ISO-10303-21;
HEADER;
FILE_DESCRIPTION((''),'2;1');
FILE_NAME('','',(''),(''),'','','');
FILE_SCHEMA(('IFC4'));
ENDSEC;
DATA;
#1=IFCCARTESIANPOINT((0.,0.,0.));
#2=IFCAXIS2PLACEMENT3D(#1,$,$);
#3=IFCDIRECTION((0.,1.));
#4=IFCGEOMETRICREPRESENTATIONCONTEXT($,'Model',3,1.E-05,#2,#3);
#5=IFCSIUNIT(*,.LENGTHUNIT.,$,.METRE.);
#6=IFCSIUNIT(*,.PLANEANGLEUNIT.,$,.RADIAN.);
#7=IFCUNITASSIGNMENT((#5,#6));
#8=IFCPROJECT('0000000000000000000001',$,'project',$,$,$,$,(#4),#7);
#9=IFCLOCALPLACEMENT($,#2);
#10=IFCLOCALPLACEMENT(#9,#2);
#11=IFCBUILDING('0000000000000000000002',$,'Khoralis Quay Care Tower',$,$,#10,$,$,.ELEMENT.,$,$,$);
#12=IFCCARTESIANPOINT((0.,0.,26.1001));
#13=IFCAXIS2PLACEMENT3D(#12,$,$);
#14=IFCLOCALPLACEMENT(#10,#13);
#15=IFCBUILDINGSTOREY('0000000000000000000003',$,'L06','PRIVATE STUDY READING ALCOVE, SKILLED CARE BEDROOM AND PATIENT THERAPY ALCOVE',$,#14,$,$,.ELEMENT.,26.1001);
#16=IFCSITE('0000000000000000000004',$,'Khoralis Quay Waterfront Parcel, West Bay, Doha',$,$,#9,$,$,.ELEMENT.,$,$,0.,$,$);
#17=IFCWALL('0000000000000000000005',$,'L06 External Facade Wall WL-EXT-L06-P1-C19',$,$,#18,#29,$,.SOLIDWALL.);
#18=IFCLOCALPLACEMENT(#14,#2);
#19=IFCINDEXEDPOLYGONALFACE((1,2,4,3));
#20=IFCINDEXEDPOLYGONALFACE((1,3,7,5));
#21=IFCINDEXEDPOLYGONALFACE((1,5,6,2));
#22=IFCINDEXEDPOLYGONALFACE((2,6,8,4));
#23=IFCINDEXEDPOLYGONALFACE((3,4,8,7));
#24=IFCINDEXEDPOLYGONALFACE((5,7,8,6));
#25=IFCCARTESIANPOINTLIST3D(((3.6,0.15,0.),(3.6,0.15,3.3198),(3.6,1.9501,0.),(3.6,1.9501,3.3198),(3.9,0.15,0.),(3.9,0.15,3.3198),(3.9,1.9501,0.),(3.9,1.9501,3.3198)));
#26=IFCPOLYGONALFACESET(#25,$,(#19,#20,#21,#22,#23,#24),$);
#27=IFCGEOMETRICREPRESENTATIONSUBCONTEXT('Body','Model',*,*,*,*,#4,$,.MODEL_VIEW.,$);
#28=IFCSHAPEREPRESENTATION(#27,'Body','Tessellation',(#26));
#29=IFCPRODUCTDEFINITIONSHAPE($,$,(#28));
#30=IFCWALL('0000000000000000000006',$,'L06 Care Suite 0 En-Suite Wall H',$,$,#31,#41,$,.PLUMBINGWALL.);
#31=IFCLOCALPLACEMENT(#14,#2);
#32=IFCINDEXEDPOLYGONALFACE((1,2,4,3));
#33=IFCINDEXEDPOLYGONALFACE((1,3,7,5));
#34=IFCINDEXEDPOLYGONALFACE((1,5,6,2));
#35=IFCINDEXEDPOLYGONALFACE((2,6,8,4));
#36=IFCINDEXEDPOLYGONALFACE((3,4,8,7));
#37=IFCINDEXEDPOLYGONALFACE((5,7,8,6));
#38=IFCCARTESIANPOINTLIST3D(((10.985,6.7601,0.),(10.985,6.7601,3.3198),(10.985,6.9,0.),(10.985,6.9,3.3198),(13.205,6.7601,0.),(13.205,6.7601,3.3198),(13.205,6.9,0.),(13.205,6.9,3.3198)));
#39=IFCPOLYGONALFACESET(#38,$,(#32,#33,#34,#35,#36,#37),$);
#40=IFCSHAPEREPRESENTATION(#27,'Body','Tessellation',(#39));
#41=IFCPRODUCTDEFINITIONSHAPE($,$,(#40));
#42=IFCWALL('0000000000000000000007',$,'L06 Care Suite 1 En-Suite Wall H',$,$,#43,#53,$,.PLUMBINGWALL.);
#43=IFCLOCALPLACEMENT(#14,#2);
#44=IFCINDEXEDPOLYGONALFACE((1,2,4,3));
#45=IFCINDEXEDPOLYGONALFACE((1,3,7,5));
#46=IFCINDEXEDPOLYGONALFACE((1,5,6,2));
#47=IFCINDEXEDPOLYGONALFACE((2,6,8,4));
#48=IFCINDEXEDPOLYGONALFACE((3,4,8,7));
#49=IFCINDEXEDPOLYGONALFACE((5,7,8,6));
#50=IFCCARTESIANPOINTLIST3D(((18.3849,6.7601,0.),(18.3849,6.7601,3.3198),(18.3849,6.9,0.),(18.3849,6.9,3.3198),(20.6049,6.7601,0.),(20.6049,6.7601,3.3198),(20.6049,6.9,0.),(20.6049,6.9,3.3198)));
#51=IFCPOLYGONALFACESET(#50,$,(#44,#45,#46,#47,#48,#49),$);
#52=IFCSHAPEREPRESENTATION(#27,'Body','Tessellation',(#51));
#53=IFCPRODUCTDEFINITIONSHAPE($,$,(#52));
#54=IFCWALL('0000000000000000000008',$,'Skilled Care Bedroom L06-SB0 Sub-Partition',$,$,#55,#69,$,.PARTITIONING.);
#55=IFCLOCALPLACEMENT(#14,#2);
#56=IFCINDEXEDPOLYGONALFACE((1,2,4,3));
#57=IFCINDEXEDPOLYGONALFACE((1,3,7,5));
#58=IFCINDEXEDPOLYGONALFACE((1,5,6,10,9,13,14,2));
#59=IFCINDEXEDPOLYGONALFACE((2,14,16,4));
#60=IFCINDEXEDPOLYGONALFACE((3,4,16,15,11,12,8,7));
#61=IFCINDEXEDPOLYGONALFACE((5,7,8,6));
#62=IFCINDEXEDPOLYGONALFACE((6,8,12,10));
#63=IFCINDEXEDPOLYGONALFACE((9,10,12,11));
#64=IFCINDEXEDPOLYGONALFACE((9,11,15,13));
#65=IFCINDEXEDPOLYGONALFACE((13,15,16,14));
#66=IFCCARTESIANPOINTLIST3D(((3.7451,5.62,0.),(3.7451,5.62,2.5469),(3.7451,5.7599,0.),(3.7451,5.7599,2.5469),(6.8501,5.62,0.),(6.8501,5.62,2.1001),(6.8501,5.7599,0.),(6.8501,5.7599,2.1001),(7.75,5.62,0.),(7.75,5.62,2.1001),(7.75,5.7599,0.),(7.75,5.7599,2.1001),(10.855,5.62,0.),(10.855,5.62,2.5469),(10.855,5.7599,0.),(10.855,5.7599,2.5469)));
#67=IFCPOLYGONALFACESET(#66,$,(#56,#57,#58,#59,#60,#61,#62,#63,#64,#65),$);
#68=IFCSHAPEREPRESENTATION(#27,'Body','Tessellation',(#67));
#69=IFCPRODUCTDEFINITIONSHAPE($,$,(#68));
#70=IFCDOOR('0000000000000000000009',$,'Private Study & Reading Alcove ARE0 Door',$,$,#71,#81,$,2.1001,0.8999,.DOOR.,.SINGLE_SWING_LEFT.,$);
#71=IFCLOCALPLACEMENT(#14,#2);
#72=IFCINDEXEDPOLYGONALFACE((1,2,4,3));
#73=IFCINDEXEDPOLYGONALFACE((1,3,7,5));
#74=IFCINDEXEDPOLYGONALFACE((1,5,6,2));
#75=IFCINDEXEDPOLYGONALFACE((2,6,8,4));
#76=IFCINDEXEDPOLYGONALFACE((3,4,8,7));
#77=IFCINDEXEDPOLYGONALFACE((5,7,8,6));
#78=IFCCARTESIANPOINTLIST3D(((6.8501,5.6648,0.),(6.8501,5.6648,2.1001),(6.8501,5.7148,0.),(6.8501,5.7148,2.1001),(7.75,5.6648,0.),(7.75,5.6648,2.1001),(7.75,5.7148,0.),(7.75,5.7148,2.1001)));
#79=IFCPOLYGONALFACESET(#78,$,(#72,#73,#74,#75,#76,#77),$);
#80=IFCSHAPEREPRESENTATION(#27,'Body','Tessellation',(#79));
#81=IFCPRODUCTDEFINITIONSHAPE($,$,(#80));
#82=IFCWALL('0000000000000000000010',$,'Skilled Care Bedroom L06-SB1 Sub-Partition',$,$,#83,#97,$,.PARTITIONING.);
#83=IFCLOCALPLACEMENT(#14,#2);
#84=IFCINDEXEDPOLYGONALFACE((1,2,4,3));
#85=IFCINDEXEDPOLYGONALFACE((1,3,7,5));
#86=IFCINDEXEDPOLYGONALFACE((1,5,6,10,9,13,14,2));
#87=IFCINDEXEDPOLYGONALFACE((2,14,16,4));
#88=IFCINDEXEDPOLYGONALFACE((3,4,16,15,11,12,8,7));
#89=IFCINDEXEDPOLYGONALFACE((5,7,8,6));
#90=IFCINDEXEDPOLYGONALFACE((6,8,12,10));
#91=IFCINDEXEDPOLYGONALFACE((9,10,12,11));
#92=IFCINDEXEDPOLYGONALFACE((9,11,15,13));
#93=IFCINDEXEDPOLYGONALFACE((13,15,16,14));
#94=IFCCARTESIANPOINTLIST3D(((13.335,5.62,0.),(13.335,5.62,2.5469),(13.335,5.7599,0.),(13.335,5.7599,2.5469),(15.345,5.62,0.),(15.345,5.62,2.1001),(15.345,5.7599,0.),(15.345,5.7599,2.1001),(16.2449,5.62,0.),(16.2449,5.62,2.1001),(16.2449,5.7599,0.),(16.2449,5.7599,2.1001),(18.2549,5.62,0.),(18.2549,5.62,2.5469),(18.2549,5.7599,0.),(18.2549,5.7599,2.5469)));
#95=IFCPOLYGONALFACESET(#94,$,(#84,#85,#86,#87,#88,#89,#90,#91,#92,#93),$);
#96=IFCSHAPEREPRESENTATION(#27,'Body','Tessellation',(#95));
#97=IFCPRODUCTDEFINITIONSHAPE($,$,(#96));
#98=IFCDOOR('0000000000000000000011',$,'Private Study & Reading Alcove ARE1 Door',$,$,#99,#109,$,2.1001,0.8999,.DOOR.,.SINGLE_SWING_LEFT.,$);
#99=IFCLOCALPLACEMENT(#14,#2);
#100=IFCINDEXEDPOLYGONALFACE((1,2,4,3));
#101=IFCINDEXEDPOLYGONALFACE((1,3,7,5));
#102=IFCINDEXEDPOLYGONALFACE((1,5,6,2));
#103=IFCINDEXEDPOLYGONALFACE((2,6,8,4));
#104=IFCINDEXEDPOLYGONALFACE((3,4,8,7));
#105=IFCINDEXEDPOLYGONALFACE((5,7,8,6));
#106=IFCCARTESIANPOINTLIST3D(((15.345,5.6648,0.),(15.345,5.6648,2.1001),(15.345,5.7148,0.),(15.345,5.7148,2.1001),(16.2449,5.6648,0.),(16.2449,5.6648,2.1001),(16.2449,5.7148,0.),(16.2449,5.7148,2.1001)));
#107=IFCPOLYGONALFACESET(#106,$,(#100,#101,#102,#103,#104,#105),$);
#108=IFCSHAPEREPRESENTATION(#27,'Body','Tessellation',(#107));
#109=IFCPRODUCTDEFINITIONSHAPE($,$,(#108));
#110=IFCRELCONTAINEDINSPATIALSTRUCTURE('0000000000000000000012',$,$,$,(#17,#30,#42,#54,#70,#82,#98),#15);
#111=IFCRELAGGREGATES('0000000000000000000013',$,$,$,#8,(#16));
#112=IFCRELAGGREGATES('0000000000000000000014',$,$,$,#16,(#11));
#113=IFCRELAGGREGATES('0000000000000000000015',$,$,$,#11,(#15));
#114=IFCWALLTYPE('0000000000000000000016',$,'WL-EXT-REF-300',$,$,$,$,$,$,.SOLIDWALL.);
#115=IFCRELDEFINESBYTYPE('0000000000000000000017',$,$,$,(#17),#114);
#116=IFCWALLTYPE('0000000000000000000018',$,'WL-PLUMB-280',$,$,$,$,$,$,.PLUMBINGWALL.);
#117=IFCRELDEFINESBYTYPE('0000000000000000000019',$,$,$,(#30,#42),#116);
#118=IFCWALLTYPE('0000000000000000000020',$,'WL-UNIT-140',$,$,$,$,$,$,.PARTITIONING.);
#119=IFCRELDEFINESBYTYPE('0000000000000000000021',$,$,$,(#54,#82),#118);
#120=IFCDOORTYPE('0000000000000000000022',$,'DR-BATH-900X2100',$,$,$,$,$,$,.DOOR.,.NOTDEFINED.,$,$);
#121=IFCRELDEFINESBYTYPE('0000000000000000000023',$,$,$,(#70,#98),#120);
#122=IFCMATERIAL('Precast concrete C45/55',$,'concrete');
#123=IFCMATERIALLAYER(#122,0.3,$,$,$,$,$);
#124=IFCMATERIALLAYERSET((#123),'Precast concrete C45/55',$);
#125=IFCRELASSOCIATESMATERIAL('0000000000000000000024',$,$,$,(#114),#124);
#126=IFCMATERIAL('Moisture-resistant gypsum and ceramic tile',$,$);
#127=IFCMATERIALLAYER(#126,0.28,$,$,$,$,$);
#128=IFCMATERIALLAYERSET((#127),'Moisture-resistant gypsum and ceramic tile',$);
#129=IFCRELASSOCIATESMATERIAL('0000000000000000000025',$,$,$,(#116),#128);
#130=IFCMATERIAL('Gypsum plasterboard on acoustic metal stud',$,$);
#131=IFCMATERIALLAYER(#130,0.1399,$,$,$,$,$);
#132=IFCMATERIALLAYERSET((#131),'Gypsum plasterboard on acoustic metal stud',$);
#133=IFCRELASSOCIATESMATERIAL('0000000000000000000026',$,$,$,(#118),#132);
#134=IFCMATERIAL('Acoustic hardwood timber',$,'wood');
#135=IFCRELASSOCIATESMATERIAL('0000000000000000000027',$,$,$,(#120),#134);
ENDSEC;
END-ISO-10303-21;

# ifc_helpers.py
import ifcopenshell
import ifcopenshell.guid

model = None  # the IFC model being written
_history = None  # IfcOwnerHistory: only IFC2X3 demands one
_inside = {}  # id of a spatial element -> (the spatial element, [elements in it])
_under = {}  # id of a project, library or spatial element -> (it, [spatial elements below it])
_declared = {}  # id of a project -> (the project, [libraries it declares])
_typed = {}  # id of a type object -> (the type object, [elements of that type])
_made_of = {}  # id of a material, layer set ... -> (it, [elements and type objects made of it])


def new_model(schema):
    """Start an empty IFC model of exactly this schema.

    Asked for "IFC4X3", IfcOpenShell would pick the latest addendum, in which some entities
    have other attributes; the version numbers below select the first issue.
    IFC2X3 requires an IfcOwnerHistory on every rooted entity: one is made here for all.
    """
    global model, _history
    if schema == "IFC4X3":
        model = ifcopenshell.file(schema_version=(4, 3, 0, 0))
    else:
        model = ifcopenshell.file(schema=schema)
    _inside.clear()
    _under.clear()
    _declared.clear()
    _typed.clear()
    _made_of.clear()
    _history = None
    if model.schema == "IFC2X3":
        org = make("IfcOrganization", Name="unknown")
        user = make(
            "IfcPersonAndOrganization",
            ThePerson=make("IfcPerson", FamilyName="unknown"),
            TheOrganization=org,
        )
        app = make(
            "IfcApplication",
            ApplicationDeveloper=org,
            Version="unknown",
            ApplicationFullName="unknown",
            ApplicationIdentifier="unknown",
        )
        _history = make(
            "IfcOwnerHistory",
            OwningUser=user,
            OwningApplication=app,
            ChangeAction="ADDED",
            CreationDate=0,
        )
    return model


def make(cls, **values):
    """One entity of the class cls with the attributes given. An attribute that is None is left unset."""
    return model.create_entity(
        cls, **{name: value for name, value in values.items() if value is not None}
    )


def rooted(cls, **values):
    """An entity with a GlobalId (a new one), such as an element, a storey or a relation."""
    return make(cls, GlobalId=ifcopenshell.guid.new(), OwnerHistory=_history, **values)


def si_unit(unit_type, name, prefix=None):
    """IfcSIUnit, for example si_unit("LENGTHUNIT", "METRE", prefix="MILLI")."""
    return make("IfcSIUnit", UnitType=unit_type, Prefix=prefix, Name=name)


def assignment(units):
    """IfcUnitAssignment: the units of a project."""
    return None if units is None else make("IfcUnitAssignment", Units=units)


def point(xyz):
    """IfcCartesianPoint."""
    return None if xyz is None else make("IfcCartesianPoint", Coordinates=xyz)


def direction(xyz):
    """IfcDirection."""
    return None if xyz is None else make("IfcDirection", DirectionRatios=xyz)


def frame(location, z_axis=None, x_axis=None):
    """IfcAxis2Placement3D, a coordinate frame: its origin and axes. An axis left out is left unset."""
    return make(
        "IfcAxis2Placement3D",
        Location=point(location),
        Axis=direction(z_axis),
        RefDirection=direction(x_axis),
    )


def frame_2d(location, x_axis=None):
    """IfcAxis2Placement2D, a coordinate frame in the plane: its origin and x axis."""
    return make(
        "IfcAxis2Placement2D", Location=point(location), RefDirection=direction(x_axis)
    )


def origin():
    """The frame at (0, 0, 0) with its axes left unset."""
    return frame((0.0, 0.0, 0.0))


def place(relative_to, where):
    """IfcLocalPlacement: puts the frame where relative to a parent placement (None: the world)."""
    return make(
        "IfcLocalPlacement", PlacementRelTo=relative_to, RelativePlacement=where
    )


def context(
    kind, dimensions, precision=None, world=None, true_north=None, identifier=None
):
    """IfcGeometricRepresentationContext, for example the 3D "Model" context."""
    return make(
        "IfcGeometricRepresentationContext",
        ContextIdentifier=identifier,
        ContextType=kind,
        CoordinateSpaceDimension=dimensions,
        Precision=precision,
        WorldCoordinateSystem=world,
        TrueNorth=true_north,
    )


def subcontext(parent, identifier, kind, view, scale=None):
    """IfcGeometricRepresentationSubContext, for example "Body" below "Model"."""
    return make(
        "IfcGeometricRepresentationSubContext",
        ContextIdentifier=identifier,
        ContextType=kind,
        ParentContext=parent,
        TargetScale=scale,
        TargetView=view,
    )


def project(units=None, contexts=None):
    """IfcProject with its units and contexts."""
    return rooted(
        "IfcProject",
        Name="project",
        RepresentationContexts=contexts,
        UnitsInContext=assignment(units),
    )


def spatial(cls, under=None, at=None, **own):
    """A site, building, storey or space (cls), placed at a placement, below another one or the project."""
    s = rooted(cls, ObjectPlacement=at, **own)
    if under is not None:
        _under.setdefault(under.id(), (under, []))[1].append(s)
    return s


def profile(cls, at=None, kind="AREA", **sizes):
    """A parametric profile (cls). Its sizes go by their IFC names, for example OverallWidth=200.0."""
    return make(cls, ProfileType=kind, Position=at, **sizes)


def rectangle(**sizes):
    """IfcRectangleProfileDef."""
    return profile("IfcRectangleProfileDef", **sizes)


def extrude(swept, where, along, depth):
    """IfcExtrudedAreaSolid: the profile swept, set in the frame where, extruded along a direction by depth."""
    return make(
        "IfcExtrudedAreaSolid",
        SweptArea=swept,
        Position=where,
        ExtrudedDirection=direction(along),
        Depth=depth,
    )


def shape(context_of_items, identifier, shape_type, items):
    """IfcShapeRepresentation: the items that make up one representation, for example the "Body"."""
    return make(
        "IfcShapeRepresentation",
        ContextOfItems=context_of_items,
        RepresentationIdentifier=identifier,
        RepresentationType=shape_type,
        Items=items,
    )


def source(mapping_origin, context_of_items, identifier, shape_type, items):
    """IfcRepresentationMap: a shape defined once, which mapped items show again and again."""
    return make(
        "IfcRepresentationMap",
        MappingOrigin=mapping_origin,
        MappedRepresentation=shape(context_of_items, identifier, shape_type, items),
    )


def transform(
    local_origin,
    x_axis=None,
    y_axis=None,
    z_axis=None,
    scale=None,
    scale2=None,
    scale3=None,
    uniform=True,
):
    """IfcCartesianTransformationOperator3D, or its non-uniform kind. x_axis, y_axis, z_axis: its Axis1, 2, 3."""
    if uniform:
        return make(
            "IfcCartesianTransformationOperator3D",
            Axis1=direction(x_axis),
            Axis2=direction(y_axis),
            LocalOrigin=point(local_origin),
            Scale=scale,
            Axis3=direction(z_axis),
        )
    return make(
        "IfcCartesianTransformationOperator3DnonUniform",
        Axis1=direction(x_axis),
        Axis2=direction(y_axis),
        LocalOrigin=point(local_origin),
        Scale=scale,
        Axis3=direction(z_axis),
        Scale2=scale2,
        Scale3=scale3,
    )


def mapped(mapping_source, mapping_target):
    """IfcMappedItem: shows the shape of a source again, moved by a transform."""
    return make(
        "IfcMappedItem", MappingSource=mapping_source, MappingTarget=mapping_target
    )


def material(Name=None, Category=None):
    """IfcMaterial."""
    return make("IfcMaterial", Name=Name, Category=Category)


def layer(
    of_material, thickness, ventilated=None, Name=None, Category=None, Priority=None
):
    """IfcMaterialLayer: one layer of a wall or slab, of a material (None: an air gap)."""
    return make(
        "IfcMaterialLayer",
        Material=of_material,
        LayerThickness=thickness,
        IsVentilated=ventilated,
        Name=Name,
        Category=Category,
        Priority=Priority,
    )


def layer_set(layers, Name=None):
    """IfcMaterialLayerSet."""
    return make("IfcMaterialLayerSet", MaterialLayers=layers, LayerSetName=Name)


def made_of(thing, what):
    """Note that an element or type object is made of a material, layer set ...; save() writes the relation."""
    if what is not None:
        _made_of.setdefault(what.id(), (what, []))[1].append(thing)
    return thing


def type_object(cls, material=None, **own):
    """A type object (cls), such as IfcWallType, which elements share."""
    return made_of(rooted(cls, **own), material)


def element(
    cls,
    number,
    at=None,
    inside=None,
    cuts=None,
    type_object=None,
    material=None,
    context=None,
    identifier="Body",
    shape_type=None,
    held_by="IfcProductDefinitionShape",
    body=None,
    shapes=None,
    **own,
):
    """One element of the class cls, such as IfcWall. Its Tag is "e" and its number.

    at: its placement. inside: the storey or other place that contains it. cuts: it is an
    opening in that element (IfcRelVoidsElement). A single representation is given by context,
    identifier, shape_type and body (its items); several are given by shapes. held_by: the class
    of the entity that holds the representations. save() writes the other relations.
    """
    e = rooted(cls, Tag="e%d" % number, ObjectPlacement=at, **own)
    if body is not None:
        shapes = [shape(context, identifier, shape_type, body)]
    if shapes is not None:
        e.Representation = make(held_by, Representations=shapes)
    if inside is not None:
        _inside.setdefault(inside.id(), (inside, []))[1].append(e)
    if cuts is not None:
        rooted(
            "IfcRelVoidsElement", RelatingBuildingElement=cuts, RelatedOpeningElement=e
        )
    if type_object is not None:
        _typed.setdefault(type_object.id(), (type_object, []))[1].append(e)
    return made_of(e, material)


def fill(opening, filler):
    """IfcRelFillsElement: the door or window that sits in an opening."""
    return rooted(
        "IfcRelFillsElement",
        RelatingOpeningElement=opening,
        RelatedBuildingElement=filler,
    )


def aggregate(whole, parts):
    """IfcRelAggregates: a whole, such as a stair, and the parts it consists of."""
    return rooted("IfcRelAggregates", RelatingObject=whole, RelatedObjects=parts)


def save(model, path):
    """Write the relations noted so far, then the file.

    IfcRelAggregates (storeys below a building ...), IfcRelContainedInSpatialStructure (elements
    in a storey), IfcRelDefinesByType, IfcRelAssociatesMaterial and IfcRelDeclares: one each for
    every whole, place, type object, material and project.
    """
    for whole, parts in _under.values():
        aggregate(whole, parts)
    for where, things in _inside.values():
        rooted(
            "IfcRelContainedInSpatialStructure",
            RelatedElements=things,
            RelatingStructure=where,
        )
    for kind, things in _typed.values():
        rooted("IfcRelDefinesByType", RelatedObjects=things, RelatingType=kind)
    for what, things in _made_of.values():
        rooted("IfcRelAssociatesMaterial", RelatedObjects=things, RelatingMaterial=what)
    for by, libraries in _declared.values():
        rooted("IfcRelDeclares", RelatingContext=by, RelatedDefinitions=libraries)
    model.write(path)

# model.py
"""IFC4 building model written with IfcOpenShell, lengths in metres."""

from ifc_helpers import new_model, si_unit, direction, frame, frame_2d, origin, place, context, subcontext, project, spatial, rectangle, extrude, source, transform, mapped, material, layer, layer_set, type_object, element, fill, save


model = new_model("IFC4")

# Units and contexts
model_context = context("Model", 3, precision=1e-05, world=origin(), true_north=direction((0.0, 1.0)))
body_context = subcontext(model_context, "Body", "Model", "MODEL_VIEW")
ifc_project = project(units=[si_unit("LENGTHUNIT", "METRE"), si_unit("PLANEANGLEUNIT", "RADIAN")], contexts=[model_context])

# Site, building, storey
site_placement = place(None, origin())
site = spatial("IfcSite", under=ifc_project, at=site_placement, Name="Khoralis Quay Waterfront Parcel, West Bay, Doha", CompositionType="ELEMENT", RefElevation=0.0)
building_placement = place(site_placement, origin())
building = spatial("IfcBuilding", under=site, at=building_placement, Name="Khoralis Quay Care Tower", CompositionType="ELEMENT")
storey_placement = place(building_placement, frame((0.0, 0.0, 26.1001)))
storey = spatial("IfcBuildingStorey", under=building, at=storey_placement, Name="L06", Description="PRIVATE STUDY READING ALCOVE, SKILLED CARE BEDROOM AND PATIENT THERAPY ALCOVE", CompositionType="ELEMENT", Elevation=26.1001)

# Shared definitions
ifc_material_1 = material(Name="Gypsum plasterboard on acoustic metal stud")

# Shared definitions
ifc_material_2 = material(Name="Acoustic hardwood timber", Category="wood")

# Walls
ifc_material_3 = material(Name="Precast concrete C45/55", Category="concrete")
ifc_layer_1 = layer(ifc_material_3, 0.3)
ifc_layer_set_1 = layer_set([ifc_layer_1], Name="Precast concrete C45/55")
wall_type_1 = type_object("IfcWallType", Name="WL-EXT-REF-300", PredefinedType="SOLIDWALL", material=ifc_layer_set_1)
wall_1_placement = place(storey_placement, frame((3.75, 1.95, 0.0), z_axis=(0.0, 0.0, 1.0), x_axis=(0.0, -1.0, 0.0)))
element("IfcWall", 1, at=wall_1_placement, inside=storey, type_object=wall_type_1, Name="L06 External Facade Wall WL-EXT-L06-P1-C19", PredefinedType="SOLIDWALL", context=body_context, shape_type="SweptSolid", body=[
    extrude(rectangle(XDim=1.8, YDim=0.3, at=frame_2d((0.8999, 0.0))), origin(), (0.0, 0.0, 1.0), 3.3198),
])
ifc_material_4 = material(Name="Moisture-resistant gypsum and ceramic tile")
ifc_layer_2 = layer(ifc_material_4, 0.28)
ifc_layer_set_2 = layer_set([ifc_layer_2], Name="Moisture-resistant gypsum and ceramic tile")
wall_type_2 = type_object("IfcWallType", Name="WL-PLUMB-280", PredefinedType="PLUMBINGWALL", material=ifc_layer_set_2)
for number, where, z_axis, x_axis, name in (
    (2, (10.9851, 6.8301, 0.0), (0.0, 0.0, 1.0), (1.0, 0.0, 0.0), "L06 Care Suite 0 En-Suite Wall H"),
    (3, (18.385, 6.8301, 0.0), (0.0, 0.0, 1.0), (1.0, 0.0, 0.0), "L06 Care Suite 1 En-Suite Wall H"),
):
    element("IfcWall", number, at=place(storey_placement, frame(where, z_axis=z_axis, x_axis=x_axis)), inside=storey, type_object=wall_type_2, Name=name, PredefinedType="PLUMBINGWALL", context=body_context, shape_type="SweptSolid", body=[
        extrude(rectangle(XDim=2.22, YDim=0.1399, at=frame_2d((1.1099, 0.0))), origin(), (0.0, 0.0, 1.0), 3.3198),
    ])

# Walls, openings, doors
ifc_layer_3 = layer(ifc_material_1, 0.1399)
ifc_layer_set_3 = layer_set([ifc_layer_3], Name="Gypsum plasterboard on acoustic metal stud")
wall_type_3 = type_object("IfcWallType", Name="WL-UNIT-140", PredefinedType="PARTITIONING", material=ifc_layer_set_3)
wall_2_placement = place(storey_placement, frame((3.7451, 5.6899, 0.0), z_axis=(0.0, 0.0, 1.0), x_axis=(1.0, 0.0, 0.0)))
wall_2 = element("IfcWall", 4, at=wall_2_placement, inside=storey, type_object=wall_type_3, Name="Skilled Care Bedroom L06-SB0 Sub-Partition", PredefinedType="PARTITIONING", context=body_context, shape_type="SweptSolid", body=[
    extrude(rectangle(XDim=7.1099, YDim=0.1399, at=frame_2d((3.5549, 0.0))), origin(), (0.0, 0.0, 1.0), 2.5469),
])
opening_1_placement = place(wall_2_placement, frame((3.105, 0.0, 0.0)))
opening_1 = element("IfcOpeningElement", 5, at=opening_1_placement, cuts=wall_2, PredefinedType="OPENING", context=body_context, shape_type="SweptSolid", body=[
    extrude(rectangle(XDim=0.8999, YDim=2.1001, at=frame_2d((0.45, 1.05))), frame((0.0, 0.0801, 0.0), z_axis=(0.0, -1.0, 0.0), x_axis=(1.0, 0.0, 0.0)), (0.0, 0.0, 1.0), 0.1599),
])
door_type_1 = type_object("IfcDoorType", Name="DR-BATH-900X2100", OperationType="NOTDEFINED", PredefinedType="DOOR", material=ifc_material_2)
shared_shape_1 = source(origin(), body_context, "Body", "SweptSolid", [
    extrude(rectangle(XDim=0.8999, YDim=2.1001, at=frame_2d((0.45, 1.05))), frame((0.0, 0.0249, 0.0), z_axis=(0.0, -1.0, 0.0), x_axis=(1.0, 0.0, 0.0)), (0.0, 0.0, 1.0), 0.05),
])
door_1_placement = place(opening_1_placement, origin())
door_1 = element("IfcDoor", 6, at=door_1_placement, inside=storey, type_object=door_type_1, Name="Private Study & Reading Alcove ARE0 Door", OperationType="SINGLE_SWING_LEFT", OverallHeight=2.1001, OverallWidth=0.8999, PredefinedType="DOOR", context=body_context, shape_type="MappedRepresentation", body=[
    mapped(shared_shape_1, transform((0.0, 0.0, 0.0), scale=1.0)),
])
fill(opening_1, door_1)
wall_3_placement = place(storey_placement, frame((13.335, 5.6899, 0.0), z_axis=(0.0, 0.0, 1.0), x_axis=(1.0, 0.0, 0.0)))
wall_3 = element("IfcWall", 7, at=wall_3_placement, inside=storey, type_object=wall_type_3, Name="Skilled Care Bedroom L06-SB1 Sub-Partition", PredefinedType="PARTITIONING", context=body_context, shape_type="SweptSolid", body=[
    extrude(rectangle(XDim=4.9199, YDim=0.1399, at=frame_2d((2.46, 0.0))), origin(), (0.0, 0.0, 1.0), 2.5469),
])
opening_2_placement = place(wall_3_placement, frame((2.01, 0.0, 0.0)))
opening_2 = element("IfcOpeningElement", 8, at=opening_2_placement, cuts=wall_3, PredefinedType="OPENING", context=body_context, shape_type="SweptSolid", body=[
    extrude(rectangle(XDim=0.8999, YDim=2.1001, at=frame_2d((0.45, 1.05))), frame((0.0, 0.0801, 0.0), z_axis=(0.0, -1.0, 0.0), x_axis=(1.0, 0.0, 0.0)), (0.0, 0.0, 1.0), 0.1599),
])
door_2_placement = place(opening_2_placement, origin())
door_2 = element("IfcDoor", 9, at=door_2_placement, inside=storey, type_object=door_type_1, Name="Private Study & Reading Alcove ARE1 Door", OperationType="SINGLE_SWING_LEFT", OverallHeight=2.1001, OverallWidth=0.8999, PredefinedType="DOOR", context=body_context, shape_type="MappedRepresentation", body=[
    mapped(shared_shape_1, transform((0.0, 0.0, 0.0), scale=1.0)),
])
fill(opening_2, door_2)

save(model, "model.ifc")
